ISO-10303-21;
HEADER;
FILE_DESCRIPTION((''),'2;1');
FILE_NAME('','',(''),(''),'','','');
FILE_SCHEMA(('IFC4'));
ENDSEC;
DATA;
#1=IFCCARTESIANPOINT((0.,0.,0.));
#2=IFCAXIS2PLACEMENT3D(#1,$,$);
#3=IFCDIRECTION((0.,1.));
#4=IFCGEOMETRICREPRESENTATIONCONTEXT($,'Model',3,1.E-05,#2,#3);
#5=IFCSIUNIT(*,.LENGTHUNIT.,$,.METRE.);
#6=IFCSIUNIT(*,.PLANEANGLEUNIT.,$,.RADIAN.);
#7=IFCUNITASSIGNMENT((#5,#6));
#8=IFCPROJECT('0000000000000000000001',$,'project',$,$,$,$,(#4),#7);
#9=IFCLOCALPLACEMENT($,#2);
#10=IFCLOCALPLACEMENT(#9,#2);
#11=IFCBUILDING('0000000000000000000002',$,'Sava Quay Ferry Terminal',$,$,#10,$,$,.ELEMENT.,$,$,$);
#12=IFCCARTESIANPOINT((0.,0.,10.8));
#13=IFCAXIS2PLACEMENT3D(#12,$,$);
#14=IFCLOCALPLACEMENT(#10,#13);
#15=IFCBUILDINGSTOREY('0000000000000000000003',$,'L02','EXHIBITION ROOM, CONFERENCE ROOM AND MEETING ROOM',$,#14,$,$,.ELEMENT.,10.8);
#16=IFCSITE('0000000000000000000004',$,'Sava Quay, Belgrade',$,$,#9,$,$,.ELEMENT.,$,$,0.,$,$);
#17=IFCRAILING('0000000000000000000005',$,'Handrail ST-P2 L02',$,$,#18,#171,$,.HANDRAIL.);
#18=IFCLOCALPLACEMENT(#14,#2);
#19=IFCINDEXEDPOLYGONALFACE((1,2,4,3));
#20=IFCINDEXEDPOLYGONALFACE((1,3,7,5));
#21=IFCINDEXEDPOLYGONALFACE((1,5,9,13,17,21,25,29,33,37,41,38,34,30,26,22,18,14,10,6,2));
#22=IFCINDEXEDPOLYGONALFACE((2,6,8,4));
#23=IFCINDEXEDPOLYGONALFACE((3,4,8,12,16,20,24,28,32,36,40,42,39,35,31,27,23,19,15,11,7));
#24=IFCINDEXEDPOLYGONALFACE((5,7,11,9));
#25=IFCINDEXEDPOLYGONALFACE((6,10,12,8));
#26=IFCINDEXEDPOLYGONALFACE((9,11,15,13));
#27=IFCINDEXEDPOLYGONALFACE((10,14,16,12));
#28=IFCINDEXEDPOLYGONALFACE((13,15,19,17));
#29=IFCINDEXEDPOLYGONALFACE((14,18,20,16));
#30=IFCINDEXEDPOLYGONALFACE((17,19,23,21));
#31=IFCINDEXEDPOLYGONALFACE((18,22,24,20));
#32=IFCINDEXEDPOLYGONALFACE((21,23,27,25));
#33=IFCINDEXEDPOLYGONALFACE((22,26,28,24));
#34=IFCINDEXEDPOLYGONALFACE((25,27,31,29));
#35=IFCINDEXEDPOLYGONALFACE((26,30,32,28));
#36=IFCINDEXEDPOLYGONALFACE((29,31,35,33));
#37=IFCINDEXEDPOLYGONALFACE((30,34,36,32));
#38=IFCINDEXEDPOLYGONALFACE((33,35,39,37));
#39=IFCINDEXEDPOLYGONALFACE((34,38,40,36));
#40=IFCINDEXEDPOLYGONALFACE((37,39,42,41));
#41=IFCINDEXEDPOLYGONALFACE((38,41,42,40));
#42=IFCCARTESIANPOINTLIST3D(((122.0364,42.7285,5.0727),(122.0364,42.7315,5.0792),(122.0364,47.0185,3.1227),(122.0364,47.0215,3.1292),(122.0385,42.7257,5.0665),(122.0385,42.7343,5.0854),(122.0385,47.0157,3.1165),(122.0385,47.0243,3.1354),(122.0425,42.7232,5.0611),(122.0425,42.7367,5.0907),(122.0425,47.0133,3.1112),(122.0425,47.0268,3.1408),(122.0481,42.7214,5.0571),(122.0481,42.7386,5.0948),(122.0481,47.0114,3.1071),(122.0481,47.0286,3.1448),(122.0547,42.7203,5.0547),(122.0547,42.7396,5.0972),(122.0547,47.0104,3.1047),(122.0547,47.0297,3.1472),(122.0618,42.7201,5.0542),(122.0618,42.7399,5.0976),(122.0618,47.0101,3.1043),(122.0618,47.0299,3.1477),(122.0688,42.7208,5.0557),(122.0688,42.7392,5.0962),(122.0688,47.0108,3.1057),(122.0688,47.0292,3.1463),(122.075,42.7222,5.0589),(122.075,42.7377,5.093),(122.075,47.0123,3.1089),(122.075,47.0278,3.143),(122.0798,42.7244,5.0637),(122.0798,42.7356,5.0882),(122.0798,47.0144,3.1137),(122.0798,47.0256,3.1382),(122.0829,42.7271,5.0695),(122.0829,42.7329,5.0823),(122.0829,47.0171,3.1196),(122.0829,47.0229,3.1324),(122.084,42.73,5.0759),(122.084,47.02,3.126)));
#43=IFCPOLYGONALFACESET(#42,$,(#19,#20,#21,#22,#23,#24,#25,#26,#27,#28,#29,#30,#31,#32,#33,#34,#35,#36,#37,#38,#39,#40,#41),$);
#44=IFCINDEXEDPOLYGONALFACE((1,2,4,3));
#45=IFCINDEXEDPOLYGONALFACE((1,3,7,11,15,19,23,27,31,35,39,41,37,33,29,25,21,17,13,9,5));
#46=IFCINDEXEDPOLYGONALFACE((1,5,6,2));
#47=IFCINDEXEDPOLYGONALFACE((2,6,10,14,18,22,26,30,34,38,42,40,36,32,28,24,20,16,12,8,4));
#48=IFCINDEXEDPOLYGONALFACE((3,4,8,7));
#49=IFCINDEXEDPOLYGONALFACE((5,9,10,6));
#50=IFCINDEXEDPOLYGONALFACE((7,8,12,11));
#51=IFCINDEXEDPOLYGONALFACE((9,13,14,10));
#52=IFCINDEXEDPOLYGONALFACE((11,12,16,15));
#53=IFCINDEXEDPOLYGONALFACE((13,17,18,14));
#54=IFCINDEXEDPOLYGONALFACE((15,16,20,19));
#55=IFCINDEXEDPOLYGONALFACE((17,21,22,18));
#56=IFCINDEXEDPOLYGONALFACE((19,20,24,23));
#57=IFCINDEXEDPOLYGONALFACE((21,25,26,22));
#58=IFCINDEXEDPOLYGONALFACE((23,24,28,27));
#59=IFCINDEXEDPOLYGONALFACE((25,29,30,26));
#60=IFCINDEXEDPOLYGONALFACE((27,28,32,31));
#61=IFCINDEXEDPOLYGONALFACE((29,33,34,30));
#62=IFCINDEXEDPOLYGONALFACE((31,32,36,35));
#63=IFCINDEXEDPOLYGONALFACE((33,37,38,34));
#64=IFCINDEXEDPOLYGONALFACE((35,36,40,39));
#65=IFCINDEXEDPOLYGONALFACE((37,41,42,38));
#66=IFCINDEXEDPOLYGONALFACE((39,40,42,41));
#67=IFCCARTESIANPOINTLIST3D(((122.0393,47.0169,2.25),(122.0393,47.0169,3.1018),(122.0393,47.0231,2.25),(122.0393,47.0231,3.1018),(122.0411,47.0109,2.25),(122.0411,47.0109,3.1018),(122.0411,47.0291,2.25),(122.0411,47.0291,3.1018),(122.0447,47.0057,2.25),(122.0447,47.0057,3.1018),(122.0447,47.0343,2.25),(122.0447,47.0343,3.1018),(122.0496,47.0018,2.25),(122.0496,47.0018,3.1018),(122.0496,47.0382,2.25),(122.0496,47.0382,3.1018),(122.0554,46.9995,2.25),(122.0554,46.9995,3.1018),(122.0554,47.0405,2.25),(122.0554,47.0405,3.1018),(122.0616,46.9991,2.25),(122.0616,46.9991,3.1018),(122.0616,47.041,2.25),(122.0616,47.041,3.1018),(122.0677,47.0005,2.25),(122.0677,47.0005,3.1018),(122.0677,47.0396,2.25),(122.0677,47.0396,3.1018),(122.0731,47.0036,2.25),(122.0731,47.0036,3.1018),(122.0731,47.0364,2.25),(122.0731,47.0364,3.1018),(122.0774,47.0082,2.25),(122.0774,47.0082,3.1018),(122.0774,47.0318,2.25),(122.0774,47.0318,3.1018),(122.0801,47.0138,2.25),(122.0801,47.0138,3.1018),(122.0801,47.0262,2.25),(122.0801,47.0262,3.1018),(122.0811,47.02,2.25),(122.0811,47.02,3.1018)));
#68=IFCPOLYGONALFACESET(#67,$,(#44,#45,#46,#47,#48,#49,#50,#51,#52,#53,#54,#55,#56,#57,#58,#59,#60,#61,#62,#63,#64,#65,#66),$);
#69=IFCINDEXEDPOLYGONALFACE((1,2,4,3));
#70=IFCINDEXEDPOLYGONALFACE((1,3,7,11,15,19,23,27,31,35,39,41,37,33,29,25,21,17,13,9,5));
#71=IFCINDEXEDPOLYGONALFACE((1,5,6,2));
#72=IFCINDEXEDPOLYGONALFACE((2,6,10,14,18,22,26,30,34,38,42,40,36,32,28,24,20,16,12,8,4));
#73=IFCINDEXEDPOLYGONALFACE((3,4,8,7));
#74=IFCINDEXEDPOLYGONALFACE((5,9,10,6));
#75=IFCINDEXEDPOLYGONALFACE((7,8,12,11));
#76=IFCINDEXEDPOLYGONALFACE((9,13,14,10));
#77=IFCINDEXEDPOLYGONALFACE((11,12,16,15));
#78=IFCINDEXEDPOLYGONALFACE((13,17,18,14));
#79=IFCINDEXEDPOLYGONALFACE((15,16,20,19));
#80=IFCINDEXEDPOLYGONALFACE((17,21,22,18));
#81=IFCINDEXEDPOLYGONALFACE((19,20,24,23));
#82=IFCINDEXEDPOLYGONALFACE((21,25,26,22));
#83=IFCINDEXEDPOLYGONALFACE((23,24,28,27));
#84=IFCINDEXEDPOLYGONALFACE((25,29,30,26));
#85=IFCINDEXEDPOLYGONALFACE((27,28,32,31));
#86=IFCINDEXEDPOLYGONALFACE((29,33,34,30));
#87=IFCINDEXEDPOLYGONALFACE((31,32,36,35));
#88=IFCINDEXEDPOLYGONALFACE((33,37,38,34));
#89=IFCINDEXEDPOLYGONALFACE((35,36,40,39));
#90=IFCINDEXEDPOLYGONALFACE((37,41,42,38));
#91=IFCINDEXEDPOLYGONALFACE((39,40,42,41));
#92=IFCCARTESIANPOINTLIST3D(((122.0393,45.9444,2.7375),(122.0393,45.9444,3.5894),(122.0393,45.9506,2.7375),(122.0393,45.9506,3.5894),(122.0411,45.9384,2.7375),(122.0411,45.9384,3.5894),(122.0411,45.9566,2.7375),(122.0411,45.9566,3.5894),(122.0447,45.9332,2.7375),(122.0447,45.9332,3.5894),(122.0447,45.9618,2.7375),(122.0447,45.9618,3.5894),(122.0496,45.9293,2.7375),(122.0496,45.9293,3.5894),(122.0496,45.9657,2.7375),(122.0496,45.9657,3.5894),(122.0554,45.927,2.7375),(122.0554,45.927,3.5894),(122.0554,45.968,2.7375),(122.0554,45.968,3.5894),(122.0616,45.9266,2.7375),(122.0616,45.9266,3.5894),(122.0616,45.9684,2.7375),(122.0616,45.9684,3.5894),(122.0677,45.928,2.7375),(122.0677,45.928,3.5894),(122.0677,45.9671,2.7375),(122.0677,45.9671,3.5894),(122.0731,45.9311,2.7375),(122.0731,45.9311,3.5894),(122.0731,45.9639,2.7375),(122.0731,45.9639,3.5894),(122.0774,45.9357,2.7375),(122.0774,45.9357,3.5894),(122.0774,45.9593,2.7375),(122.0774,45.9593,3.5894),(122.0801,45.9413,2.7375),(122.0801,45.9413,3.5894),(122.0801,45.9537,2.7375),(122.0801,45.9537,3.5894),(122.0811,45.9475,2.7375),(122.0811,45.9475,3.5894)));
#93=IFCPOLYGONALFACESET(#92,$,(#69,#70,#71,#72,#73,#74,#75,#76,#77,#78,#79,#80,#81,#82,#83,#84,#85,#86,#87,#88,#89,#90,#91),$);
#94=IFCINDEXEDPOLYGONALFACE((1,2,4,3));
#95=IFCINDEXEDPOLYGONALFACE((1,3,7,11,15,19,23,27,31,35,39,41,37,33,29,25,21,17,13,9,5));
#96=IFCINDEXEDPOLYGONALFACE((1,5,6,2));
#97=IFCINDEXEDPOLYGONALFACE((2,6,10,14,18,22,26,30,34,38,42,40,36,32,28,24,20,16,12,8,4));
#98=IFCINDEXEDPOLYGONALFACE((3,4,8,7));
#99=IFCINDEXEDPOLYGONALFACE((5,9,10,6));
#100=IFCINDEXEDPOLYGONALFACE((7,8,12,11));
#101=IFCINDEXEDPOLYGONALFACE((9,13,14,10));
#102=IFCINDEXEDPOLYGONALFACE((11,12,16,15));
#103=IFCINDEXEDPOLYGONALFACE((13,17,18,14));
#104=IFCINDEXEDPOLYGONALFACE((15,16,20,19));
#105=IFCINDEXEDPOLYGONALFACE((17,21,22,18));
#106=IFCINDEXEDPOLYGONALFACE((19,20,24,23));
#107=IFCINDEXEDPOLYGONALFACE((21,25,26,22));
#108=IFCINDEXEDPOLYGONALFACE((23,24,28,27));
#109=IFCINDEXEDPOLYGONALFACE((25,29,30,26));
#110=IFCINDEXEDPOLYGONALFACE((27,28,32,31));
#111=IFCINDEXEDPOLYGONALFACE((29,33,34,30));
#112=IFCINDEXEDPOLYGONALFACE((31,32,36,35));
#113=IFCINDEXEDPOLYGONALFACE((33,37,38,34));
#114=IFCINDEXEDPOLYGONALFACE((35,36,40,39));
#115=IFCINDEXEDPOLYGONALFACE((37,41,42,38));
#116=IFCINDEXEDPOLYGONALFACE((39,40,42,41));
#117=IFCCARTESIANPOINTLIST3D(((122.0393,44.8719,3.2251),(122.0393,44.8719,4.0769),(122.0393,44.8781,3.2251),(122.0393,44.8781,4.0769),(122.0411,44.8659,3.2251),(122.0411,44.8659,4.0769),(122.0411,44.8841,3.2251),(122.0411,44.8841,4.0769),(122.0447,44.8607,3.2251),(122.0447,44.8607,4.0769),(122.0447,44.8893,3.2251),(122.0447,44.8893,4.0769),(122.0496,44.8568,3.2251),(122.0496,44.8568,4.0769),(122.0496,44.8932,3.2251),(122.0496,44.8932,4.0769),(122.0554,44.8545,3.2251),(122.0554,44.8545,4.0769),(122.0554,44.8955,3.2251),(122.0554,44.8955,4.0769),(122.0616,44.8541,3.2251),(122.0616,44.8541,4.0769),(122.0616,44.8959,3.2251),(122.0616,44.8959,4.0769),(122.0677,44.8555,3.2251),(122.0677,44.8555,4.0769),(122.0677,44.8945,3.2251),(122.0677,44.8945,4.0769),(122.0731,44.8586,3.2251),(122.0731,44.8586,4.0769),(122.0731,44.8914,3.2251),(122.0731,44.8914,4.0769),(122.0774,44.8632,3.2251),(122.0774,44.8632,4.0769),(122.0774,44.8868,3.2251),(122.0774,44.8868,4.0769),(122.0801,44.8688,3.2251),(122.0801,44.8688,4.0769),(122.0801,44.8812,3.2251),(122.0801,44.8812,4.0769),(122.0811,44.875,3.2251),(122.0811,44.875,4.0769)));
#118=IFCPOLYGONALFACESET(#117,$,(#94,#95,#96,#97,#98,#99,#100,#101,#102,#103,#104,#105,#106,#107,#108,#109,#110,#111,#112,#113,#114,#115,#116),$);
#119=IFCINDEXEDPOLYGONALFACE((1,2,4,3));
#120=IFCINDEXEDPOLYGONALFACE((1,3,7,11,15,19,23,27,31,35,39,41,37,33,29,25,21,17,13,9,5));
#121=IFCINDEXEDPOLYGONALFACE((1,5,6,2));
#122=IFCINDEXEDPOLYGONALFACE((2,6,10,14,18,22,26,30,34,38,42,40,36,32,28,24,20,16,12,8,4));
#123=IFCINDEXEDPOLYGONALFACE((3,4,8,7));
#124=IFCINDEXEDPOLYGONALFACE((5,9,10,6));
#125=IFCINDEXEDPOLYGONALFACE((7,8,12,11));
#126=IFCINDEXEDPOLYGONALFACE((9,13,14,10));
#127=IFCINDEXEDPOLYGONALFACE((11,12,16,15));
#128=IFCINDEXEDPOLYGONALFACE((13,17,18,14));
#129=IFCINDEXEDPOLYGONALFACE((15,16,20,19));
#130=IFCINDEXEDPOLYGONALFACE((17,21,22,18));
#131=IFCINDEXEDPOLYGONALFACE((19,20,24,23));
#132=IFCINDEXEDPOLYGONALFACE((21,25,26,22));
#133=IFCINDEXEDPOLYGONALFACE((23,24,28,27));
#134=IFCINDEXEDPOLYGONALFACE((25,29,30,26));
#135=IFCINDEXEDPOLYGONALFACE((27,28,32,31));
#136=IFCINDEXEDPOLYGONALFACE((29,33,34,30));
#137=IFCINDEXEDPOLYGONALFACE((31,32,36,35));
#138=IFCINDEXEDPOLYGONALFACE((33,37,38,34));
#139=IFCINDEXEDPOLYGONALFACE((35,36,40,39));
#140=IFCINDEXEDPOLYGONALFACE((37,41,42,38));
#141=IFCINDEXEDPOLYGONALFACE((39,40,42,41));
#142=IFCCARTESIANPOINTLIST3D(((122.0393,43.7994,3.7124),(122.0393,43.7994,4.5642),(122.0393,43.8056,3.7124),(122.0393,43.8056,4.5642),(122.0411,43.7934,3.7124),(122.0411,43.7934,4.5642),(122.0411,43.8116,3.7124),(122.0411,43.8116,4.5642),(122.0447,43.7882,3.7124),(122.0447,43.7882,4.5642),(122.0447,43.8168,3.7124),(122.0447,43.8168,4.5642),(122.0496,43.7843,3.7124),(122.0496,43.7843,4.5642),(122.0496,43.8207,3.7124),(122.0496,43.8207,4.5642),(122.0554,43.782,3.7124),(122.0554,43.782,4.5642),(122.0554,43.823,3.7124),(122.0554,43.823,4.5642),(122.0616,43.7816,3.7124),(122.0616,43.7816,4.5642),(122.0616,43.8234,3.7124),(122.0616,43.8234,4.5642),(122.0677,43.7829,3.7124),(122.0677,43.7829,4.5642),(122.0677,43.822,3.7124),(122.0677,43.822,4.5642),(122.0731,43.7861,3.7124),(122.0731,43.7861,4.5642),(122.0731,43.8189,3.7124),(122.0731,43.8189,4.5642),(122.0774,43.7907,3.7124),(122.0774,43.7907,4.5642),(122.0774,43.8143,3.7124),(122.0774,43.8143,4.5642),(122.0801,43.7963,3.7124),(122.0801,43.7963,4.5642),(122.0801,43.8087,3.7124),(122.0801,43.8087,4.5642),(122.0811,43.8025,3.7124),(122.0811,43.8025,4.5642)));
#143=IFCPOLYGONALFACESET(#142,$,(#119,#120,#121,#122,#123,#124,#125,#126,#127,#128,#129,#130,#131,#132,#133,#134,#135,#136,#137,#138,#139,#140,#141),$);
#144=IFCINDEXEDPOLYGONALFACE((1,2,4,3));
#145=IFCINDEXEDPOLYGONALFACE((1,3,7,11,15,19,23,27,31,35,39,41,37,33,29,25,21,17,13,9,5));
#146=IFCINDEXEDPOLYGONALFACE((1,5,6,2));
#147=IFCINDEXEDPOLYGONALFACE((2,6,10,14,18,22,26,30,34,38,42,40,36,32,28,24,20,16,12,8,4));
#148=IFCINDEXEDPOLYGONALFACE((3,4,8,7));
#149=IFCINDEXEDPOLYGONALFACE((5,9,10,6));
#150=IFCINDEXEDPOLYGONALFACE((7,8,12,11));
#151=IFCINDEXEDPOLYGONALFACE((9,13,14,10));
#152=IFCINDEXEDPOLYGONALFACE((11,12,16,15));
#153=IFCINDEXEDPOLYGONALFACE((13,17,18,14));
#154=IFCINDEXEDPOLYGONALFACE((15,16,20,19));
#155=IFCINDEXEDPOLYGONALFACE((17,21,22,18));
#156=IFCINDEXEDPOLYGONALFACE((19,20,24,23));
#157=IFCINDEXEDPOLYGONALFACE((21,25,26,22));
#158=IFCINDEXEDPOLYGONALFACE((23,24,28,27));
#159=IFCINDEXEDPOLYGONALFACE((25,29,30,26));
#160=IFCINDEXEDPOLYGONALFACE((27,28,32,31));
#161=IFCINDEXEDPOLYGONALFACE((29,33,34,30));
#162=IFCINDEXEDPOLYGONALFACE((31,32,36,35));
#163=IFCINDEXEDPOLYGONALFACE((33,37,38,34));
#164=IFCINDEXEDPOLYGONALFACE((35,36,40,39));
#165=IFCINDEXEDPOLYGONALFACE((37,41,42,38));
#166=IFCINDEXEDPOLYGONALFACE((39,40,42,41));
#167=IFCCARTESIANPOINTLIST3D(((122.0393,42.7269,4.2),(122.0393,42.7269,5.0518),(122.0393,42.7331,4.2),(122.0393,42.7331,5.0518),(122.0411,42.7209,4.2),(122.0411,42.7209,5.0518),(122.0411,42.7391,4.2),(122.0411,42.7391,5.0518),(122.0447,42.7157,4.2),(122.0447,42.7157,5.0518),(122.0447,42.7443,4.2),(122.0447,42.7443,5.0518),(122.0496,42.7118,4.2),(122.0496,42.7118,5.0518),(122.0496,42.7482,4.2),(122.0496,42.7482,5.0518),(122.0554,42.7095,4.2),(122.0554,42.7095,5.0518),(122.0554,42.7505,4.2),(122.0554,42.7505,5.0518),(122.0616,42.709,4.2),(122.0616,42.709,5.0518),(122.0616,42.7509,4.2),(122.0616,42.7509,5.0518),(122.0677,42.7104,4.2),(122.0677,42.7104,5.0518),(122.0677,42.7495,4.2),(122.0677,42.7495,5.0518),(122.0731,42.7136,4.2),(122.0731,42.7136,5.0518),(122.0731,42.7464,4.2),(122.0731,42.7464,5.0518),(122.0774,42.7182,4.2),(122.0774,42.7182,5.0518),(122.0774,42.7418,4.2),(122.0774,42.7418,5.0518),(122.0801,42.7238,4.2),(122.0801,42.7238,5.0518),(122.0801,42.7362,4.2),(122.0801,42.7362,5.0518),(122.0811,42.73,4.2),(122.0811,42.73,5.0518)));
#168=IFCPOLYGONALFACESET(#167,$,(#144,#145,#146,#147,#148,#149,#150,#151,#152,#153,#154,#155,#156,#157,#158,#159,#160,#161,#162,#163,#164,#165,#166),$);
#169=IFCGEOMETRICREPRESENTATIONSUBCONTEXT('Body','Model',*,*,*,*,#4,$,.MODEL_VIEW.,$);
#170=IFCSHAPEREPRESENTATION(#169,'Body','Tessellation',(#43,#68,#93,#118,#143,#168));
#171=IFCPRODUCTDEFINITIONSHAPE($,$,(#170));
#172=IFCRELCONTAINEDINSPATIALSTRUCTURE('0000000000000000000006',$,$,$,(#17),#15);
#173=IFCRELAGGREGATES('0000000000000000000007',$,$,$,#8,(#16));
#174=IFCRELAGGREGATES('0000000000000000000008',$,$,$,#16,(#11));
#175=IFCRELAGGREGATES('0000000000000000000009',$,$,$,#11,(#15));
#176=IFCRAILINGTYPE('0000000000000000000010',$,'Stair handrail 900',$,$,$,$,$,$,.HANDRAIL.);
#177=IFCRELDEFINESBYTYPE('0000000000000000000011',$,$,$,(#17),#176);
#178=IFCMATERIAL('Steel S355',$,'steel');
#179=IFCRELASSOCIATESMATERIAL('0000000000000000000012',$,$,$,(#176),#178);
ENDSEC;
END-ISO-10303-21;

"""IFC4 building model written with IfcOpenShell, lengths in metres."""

from ifc_helpers import new_model, si_unit, direction, frame, origin, origin_2d, place, context, subcontext, project, spatial, circle, extrude, material, type_object, element, save


model = new_model("IFC4")

# Units and contexts
model_context = context("Model", 3, precision=1e-05, world=origin(), true_north=direction((0.0, 1.0)))
body_context = subcontext(model_context, "Body", "Model", "MODEL_VIEW")
ifc_project = project(units=[si_unit("LENGTHUNIT", "METRE"), si_unit("PLANEANGLEUNIT", "RADIAN")], contexts=[model_context])

# Site, building, storey
site_placement = place(None, origin())
site = spatial("IfcSite", under=ifc_project, at=site_placement, Name="Sava Quay, Belgrade", CompositionType="ELEMENT", RefElevation=0.0)
building_placement = place(site_placement, origin())
building = spatial("IfcBuilding", under=site, at=building_placement, Name="Sava Quay Ferry Terminal", CompositionType="ELEMENT")
storey_placement = place(building_placement, frame((0.0, 0.0, 10.8)))
storey = spatial("IfcBuildingStorey", under=building, at=storey_placement, Name="L02", Description="EXHIBITION ROOM, CONFERENCE ROOM AND MEETING ROOM", CompositionType="ELEMENT", Elevation=10.8)

# Railing
ifc_material_1 = material(Name="Steel S355", Category="steel")
railing_type_1 = type_object("IfcRailingType", Name="Stair handrail 900", PredefinedType="HANDRAIL", material=ifc_material_1)
railing_1_placement = place(storey_placement, frame((122.0601, 47.02, 2.25)))
element("IfcRailing", 1, at=railing_1_placement, inside=storey, type_object=railing_type_1, Name="Handrail ST-P2 L02", PredefinedType="HANDRAIL", context=body_context, shape_type="SweptSolid", body=[
    extrude(circle(Radius=0.0239, at=origin_2d()), frame((0.0, 0.0, 0.876), z_axis=(0.0, -0.910372, 0.413791), x_axis=(1.0, 0.0, 0.0)), (0.0, 0.0, 1.0), 4.7124),
    extrude(circle(Radius=0.021, at=origin_2d()), origin(), (0.0, 0.0, 1.0), 0.8518),
    extrude(circle(Radius=0.021, at=origin_2d()), frame((0.0, -1.0725, 0.4875)), (0.0, 0.0, 1.0), 0.8518),
    extrude(circle(Radius=0.021, at=origin_2d()), frame((0.0, -2.145, 0.9751)), (0.0, 0.0, 1.0), 0.8518),
    extrude(circle(Radius=0.021, at=origin_2d()), frame((0.0, -3.2175, 1.4624)), (0.0, 0.0, 1.0), 0.8518),
    extrude(circle(Radius=0.021, at=origin_2d()), frame((0.0, -4.29, 1.95)), (0.0, 0.0, 1.0), 0.8518),
])

save(model, "model.ifc")
